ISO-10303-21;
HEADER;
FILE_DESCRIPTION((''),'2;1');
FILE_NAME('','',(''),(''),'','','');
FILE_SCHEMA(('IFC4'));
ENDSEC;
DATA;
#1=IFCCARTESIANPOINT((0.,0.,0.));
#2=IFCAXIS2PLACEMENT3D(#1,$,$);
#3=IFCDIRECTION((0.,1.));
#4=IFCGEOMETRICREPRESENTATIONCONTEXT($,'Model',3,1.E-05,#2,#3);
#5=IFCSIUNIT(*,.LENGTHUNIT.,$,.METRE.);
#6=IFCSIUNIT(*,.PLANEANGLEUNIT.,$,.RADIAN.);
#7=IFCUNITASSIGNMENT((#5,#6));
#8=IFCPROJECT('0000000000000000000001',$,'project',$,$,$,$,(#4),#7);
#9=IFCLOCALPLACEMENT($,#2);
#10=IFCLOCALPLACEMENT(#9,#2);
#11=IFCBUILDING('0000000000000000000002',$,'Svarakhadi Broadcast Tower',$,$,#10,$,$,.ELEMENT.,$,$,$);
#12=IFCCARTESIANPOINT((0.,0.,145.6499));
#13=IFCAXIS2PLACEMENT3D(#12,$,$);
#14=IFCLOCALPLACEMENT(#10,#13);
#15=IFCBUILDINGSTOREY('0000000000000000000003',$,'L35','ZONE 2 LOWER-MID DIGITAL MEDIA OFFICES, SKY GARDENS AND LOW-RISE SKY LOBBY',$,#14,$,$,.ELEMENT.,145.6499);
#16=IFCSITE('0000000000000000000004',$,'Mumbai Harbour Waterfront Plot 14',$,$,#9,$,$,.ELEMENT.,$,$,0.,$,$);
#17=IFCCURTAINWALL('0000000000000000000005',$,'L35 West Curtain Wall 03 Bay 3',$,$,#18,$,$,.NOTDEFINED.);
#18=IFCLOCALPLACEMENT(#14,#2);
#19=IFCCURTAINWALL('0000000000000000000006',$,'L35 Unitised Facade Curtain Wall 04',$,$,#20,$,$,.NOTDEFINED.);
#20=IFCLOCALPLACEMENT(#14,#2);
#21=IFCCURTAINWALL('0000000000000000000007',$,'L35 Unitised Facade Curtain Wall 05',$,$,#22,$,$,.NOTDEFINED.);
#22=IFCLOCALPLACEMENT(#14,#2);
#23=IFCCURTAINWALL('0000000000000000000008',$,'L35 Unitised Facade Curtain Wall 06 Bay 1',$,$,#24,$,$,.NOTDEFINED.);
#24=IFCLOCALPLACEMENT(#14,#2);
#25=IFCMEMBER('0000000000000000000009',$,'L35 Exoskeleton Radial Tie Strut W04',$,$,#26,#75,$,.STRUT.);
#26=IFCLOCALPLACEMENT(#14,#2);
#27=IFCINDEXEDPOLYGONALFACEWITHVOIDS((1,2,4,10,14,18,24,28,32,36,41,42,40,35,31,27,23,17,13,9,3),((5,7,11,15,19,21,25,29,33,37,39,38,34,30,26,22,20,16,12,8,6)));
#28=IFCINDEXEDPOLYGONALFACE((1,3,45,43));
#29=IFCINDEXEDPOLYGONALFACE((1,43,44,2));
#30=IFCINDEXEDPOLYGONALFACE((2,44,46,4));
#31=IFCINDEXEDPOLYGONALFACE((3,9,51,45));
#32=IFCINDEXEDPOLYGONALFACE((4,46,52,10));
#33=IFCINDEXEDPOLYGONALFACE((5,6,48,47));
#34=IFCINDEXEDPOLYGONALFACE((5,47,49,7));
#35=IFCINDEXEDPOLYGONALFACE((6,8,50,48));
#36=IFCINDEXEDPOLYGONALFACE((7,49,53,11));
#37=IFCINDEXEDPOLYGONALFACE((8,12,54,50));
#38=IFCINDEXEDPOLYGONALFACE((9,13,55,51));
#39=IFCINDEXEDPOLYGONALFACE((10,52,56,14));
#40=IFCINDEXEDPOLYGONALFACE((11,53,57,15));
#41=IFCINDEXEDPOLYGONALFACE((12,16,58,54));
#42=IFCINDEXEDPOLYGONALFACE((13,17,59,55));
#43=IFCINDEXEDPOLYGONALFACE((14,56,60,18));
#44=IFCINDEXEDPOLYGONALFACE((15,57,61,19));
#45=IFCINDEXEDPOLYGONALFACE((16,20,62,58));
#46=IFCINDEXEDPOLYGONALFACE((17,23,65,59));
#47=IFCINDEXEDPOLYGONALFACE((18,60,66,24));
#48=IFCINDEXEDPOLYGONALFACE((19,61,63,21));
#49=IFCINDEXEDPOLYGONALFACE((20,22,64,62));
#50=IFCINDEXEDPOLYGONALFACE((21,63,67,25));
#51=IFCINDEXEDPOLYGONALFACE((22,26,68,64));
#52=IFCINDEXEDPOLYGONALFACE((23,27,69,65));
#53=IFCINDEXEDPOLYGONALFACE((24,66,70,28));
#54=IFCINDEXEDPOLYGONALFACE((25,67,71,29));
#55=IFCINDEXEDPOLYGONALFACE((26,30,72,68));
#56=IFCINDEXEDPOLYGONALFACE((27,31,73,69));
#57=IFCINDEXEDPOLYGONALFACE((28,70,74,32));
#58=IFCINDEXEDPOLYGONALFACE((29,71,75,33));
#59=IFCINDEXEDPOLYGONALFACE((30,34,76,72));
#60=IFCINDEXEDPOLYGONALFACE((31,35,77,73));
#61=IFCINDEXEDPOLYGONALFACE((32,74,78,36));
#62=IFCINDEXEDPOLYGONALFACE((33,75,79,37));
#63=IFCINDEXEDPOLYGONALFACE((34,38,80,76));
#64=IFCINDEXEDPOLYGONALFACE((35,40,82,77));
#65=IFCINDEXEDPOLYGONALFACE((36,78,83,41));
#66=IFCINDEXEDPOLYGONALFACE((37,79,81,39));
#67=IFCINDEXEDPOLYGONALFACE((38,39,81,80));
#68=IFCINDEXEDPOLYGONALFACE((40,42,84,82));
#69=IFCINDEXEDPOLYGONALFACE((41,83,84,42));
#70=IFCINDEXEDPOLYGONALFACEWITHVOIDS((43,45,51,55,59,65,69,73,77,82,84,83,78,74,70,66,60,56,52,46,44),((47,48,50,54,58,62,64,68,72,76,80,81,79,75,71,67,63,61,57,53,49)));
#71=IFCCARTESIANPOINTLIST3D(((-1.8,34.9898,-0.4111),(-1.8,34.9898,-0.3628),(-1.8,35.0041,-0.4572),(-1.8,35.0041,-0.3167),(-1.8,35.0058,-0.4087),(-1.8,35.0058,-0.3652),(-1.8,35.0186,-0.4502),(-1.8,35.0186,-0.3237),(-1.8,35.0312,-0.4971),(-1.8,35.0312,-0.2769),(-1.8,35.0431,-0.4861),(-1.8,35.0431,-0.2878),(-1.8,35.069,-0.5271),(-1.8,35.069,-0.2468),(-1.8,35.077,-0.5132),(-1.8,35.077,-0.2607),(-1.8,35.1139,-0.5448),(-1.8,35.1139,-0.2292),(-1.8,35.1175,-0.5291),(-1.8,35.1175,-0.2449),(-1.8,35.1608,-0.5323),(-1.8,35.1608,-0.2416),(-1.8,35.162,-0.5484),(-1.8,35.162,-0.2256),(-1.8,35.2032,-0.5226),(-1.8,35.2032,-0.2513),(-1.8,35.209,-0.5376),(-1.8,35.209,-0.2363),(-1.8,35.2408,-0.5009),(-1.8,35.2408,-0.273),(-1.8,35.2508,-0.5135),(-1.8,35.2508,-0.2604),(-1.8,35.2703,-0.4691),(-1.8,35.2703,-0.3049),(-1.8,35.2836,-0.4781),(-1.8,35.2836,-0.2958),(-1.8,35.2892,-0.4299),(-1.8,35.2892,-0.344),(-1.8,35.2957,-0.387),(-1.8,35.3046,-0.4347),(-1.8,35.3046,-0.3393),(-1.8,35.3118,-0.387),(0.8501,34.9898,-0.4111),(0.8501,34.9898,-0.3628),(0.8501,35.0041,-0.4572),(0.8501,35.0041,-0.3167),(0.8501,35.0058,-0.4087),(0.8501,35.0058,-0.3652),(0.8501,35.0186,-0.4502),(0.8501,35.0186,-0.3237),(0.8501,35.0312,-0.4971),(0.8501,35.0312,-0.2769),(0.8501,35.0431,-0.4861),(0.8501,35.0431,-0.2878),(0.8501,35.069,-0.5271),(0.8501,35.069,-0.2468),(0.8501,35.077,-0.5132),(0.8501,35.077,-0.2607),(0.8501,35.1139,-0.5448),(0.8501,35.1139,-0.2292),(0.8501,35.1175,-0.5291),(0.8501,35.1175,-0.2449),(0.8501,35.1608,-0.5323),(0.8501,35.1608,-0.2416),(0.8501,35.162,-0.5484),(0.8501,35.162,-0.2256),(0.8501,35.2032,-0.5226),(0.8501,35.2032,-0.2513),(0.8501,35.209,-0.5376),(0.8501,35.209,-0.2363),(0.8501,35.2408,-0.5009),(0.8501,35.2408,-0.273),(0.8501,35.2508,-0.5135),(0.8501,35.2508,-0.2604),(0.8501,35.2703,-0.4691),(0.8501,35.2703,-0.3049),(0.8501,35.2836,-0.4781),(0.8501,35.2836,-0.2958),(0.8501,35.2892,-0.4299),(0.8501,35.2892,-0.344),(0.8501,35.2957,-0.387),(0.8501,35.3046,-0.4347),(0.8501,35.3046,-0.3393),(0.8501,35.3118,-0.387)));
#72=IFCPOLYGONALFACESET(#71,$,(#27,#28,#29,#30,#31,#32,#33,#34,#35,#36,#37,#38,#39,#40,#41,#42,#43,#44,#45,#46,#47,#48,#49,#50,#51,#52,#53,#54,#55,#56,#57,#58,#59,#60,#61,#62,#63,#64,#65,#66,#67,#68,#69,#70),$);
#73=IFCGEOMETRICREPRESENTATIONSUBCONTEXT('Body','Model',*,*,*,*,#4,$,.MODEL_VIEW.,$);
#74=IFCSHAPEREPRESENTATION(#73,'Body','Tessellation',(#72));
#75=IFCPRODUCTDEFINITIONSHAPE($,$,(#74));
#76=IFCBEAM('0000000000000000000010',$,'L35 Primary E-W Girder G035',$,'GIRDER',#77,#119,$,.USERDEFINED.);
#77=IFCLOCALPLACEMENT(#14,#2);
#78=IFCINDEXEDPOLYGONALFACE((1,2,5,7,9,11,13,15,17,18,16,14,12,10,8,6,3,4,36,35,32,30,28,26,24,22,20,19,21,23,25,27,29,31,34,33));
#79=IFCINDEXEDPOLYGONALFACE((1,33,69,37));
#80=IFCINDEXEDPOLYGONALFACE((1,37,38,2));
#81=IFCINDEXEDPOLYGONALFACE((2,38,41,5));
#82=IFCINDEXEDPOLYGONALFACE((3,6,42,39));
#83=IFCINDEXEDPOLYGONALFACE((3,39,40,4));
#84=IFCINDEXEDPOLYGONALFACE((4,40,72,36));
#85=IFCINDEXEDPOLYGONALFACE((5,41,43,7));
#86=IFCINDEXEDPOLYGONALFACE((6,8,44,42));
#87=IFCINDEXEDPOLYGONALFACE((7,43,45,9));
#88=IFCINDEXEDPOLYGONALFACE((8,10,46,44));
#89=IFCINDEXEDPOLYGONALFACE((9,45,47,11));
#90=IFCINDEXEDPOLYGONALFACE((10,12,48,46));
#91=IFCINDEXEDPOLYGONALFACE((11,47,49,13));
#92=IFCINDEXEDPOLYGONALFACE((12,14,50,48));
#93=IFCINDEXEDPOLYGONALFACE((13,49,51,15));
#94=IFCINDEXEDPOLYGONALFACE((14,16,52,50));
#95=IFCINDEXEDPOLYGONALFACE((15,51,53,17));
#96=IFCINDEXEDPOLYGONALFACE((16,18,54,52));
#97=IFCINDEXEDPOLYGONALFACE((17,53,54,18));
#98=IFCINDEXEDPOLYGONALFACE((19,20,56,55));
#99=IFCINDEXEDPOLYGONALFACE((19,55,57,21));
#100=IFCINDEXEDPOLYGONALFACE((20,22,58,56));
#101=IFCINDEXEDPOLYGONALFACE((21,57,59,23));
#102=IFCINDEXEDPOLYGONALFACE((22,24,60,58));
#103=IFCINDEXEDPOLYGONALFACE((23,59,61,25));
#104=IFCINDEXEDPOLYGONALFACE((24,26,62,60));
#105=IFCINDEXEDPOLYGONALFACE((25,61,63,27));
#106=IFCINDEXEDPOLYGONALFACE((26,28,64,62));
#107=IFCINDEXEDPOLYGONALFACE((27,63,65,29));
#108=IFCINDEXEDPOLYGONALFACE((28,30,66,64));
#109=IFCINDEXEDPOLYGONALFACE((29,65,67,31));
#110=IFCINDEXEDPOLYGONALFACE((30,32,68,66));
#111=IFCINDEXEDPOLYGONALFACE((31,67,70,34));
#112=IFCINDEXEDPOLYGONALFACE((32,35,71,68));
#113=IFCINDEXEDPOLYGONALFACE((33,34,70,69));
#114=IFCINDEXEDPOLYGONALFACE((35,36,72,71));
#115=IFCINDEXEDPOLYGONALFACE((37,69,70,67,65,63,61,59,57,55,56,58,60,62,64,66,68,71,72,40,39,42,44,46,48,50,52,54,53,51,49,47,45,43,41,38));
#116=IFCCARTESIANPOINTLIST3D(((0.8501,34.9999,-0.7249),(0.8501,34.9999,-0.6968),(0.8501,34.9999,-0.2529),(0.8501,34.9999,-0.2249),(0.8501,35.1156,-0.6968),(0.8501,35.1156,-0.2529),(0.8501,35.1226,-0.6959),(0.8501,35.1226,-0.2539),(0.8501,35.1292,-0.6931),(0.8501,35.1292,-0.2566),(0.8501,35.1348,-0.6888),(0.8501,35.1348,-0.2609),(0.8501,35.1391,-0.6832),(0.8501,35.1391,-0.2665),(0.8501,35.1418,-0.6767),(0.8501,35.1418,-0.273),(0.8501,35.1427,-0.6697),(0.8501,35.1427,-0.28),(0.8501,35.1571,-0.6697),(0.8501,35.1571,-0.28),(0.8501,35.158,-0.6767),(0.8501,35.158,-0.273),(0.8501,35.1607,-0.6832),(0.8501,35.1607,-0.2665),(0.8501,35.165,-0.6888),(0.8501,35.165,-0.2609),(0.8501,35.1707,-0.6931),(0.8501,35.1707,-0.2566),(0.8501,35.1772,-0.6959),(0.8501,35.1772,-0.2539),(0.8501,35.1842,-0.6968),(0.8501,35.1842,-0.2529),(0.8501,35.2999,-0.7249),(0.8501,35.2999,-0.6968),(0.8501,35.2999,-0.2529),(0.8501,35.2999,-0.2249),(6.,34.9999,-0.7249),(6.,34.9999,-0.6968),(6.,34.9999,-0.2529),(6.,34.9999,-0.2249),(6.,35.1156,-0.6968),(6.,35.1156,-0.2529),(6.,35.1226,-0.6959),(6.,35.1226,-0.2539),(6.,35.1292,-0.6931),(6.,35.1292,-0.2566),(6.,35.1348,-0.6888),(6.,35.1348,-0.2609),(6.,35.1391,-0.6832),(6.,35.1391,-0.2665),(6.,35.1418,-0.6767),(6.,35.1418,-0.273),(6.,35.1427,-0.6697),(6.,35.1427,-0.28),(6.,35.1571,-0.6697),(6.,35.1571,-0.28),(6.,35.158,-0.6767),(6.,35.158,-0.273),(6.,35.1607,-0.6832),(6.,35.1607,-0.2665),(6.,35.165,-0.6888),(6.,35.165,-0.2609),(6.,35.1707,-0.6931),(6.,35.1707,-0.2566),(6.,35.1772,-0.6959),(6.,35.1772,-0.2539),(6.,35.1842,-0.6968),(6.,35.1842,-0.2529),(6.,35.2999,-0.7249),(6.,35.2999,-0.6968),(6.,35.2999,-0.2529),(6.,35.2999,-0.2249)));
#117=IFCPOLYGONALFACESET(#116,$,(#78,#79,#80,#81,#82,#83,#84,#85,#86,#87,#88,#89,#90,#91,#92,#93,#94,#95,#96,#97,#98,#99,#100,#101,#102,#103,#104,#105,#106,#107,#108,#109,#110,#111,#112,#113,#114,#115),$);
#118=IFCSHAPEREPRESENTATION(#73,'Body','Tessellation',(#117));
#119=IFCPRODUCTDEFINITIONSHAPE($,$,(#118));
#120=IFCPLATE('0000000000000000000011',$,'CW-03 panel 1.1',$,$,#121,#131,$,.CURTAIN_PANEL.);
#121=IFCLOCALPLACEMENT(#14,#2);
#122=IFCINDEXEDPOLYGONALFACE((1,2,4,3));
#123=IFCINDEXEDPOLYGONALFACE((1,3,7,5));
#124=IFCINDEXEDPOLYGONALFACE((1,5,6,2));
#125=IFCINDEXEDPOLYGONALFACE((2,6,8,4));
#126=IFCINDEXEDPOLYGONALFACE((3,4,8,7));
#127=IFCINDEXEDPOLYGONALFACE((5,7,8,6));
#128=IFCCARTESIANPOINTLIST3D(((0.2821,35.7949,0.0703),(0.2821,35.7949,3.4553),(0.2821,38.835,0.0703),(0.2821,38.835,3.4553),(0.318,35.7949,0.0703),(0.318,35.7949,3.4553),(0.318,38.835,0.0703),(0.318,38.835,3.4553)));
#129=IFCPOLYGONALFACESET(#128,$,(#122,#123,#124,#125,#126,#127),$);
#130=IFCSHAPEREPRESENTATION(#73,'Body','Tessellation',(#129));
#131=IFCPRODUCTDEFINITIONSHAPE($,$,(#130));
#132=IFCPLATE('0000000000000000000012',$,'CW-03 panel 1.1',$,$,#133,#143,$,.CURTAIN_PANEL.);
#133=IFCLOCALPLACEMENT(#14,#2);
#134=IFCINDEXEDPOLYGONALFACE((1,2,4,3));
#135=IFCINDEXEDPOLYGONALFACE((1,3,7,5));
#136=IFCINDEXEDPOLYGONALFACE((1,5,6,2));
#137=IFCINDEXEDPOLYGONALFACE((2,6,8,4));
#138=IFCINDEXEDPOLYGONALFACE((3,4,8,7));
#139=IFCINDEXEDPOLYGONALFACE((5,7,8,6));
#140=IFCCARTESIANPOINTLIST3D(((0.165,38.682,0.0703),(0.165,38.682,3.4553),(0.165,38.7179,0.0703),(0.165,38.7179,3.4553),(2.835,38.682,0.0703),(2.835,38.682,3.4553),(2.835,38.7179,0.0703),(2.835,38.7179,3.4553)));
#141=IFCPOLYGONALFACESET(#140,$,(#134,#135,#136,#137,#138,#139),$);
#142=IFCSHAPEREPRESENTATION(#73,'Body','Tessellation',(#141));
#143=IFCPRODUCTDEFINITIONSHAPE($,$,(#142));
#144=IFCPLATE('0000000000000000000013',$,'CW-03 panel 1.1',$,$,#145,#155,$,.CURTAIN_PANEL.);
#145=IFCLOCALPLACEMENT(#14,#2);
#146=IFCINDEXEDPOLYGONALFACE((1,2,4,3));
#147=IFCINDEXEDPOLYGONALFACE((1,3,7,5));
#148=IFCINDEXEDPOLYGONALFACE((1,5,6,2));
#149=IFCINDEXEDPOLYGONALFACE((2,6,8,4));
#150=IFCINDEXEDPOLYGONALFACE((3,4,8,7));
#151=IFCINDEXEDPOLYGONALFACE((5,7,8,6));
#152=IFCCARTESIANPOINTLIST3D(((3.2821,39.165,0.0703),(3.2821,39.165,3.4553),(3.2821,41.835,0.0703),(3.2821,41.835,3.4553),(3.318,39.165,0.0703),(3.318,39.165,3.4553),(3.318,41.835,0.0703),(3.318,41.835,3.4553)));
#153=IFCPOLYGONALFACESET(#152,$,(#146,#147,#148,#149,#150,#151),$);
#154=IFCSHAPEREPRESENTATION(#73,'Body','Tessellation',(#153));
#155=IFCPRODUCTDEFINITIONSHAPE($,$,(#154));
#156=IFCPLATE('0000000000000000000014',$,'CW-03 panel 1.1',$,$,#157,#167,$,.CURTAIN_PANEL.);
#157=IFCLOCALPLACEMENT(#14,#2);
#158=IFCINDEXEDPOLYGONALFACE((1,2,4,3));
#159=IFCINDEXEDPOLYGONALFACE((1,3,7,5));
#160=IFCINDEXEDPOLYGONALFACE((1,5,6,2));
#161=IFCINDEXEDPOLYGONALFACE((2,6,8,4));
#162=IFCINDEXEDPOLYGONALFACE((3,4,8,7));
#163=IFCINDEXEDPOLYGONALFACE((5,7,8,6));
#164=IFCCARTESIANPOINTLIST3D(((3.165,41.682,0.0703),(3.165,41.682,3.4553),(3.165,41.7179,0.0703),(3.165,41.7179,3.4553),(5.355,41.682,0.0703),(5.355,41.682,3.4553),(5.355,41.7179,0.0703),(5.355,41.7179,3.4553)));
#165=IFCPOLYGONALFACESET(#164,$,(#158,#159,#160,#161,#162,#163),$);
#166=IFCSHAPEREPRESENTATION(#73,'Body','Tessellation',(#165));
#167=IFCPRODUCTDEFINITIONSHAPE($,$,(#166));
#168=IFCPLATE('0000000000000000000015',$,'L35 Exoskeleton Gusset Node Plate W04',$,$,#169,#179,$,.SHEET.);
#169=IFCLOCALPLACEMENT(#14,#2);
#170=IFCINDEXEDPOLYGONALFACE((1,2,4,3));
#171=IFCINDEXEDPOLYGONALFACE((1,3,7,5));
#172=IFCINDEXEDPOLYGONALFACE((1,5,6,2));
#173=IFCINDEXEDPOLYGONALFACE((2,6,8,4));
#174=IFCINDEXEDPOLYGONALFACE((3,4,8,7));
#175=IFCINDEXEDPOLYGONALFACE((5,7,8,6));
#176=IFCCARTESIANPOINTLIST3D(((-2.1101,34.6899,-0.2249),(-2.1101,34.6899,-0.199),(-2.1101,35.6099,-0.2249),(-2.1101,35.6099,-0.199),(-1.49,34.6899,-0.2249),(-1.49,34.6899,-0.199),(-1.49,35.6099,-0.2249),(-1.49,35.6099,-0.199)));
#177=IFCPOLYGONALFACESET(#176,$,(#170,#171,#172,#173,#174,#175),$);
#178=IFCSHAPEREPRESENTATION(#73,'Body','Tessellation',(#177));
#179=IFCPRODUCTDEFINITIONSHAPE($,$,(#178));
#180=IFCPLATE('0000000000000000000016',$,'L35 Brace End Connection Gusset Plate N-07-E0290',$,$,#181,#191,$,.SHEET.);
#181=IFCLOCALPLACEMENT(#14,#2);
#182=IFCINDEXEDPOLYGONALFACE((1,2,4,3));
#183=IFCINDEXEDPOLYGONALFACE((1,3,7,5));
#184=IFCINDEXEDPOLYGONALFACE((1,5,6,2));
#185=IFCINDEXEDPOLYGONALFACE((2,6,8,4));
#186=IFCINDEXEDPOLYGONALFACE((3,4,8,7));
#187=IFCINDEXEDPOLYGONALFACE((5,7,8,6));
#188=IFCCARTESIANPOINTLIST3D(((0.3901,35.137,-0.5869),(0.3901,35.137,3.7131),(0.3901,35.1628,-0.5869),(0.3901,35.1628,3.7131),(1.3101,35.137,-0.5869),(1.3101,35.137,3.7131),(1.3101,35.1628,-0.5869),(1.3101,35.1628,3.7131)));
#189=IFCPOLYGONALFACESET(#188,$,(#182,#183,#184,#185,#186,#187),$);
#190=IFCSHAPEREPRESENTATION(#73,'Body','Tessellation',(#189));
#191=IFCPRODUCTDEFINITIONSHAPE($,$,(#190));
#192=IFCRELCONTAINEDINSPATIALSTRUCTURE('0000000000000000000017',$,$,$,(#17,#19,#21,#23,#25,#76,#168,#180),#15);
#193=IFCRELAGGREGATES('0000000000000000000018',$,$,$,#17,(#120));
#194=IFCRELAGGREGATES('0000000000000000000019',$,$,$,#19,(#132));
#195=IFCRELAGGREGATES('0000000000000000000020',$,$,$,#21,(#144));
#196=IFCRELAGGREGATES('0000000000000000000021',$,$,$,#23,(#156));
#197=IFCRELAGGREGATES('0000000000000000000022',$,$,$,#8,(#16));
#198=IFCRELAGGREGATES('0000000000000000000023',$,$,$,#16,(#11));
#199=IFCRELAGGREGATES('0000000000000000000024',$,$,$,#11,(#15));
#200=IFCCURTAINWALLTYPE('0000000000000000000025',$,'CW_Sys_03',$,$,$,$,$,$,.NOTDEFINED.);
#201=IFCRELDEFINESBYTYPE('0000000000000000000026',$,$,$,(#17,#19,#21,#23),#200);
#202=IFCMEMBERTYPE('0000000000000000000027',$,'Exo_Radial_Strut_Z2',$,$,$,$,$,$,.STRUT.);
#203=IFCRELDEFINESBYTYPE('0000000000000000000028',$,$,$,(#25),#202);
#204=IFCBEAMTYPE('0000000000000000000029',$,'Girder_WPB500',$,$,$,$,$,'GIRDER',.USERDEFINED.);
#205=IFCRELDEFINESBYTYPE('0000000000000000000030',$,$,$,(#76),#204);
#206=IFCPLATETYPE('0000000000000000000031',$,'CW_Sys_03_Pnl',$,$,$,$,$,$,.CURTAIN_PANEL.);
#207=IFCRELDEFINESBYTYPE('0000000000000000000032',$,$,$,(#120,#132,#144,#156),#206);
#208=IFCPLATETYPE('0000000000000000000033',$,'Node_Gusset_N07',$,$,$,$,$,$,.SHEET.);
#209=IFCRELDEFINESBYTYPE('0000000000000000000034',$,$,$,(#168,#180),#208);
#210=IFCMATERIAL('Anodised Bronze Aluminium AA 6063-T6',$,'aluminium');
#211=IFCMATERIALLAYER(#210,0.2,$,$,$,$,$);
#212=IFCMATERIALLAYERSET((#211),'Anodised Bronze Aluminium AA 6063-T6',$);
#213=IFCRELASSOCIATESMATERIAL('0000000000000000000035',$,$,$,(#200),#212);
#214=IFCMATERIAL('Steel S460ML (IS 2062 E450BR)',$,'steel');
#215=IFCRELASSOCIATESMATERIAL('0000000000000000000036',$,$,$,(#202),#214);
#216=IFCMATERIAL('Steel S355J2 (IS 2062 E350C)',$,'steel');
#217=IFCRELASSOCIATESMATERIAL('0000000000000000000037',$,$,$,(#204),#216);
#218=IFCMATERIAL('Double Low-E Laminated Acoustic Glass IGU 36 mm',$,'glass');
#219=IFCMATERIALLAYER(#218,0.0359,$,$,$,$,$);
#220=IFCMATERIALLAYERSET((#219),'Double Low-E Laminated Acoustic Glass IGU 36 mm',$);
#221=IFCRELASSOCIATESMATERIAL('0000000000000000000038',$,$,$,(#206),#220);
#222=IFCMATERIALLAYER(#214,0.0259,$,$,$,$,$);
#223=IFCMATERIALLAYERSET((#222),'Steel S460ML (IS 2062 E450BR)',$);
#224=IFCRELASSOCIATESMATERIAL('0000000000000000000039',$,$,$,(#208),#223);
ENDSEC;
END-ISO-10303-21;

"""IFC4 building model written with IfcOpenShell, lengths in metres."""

from ifc_helpers import new_model, si_unit, direction, frame, origin, origin_2d, place, context, subcontext, project, spatial, rectangle, hollow_circle, i_section, extrude, material, layer, layer_set, material_profile, profile_set, type_object, element, aggregate, save


model = new_model("IFC4")

# Units and contexts
model_context = context("Model", 3, precision=1e-05, world=origin(), true_north=direction((0.0, 1.0)))
body_context = subcontext(model_context, "Body", "Model", "MODEL_VIEW")
ifc_project = project(units=[si_unit("LENGTHUNIT", "METRE"), si_unit("PLANEANGLEUNIT", "RADIAN")], contexts=[model_context])

# Site, building, storey
site_placement = place(None, origin())
site = spatial("IfcSite", under=ifc_project, at=site_placement, Name="Mumbai Harbour Waterfront Plot 14", CompositionType="ELEMENT", RefElevation=0.0)
building_placement = place(site_placement, origin())
building = spatial("IfcBuilding", under=site, at=building_placement, Name="Svarakhadi Broadcast Tower", CompositionType="ELEMENT")
storey_placement = place(building_placement, frame((0.0, 0.0, 145.6499)))
storey = spatial("IfcBuildingStorey", under=building, at=storey_placement, Name="L35", Description="ZONE 2 LOWER-MID DIGITAL MEDIA OFFICES, SKY GARDENS AND LOW-RISE SKY LOBBY", CompositionType="ELEMENT", Elevation=145.6499)

# Shared definitions
ifc_material_1 = material(Name="Anodised Bronze Aluminium AA 6063-T6", Category="aluminium")
ifc_layer_1 = layer(ifc_material_1, 0.2)
ifc_layer_set_1 = layer_set([ifc_layer_1], Name="Anodised Bronze Aluminium AA 6063-T6")
curtain_wall_type = type_object("IfcCurtainWallType", Name="CW_Sys_03", PredefinedType="NOTDEFINED", material=ifc_layer_set_1)

# Curtain walls
curtain_wall_1_placement = place(storey_placement, origin())
curtain_wall_1 = element("IfcCurtainWall", 1, at=curtain_wall_1_placement, inside=storey, type_object=curtain_wall_type, Name="L35 West Curtain Wall 03 Bay 3", PredefinedType="NOTDEFINED")
curtain_wall_2_placement = place(storey_placement, origin())
curtain_wall_2 = element("IfcCurtainWall", 2, at=curtain_wall_2_placement, inside=storey, type_object=curtain_wall_type, Name="L35 Unitised Facade Curtain Wall 04", PredefinedType="NOTDEFINED")
curtain_wall_3_placement = place(storey_placement, origin())
curtain_wall_3 = element("IfcCurtainWall", 3, at=curtain_wall_3_placement, inside=storey, type_object=curtain_wall_type, Name="L35 Unitised Facade Curtain Wall 05", PredefinedType="NOTDEFINED")

# Curtain wall
curtain_wall_4_placement = place(storey_placement, origin())
curtain_wall_4 = element("IfcCurtainWall", 4, at=curtain_wall_4_placement, inside=storey, type_object=curtain_wall_type, Name="L35 Unitised Facade Curtain Wall 06 Bay 1", PredefinedType="NOTDEFINED")

# Member
ifc_material_2 = material(Name="Steel S460ML (IS 2062 E450BR)", Category="steel")
ifc_material_profile_1 = material_profile(ifc_material_2, hollow_circle(Radius=0.1619, WallThickness=0.0161, at=origin_2d()), Name="CHS 323.9x16")
ifc_profile_set_1 = profile_set([ifc_material_profile_1], Name="Steel S460ML (IS 2062 E450BR)")
member_type_1 = type_object("IfcMemberType", Name="Exo_Radial_Strut_Z2", PredefinedType="STRUT", material=ifc_profile_set_1)
member_1_placement = place(storey_placement, frame((-1.8, 35.1499, -0.387), z_axis=(1.0, 0.0, 0.0), x_axis=(0.0, 1.0, 0.0)))
element("IfcMember", 5, at=member_1_placement, inside=storey, type_object=member_type_1, Name="L35 Exoskeleton Radial Tie Strut W04", PredefinedType="STRUT", context=body_context, shape_type="SweptSolid", body=[
    extrude(hollow_circle(Radius=0.1619, WallThickness=0.0161, at=origin_2d()), origin(), (0.0, 0.0, 1.0), 2.6501),
])

# Beam
ifc_material_3 = material(Name="Steel S355J2 (IS 2062 E350C)", Category="steel")
ifc_material_profile_2 = material_profile(ifc_material_3, i_section(OverallWidth=0.3, OverallDepth=0.5, WebThickness=0.0144, FlangeThickness=0.0281, FilletRadius=0.0271, at=origin_2d()), Name="WPB 500x300x187")
ifc_profile_set_2 = profile_set([ifc_material_profile_2], Name="Steel S355J2 (IS 2062 E350C)")
beam_type = type_object("IfcBeamType", Name="Girder_WPB500", ElementType="GIRDER", PredefinedType="USERDEFINED", material=ifc_profile_set_2)
beam_placement = place(storey_placement, frame((0.8501, 35.1499, -0.4749), z_axis=(1.0, 0.0, 0.0), x_axis=(0.0, 1.0, 0.0)))
element("IfcBeam", 6, at=beam_placement, inside=storey, type_object=beam_type, Name="L35 Primary E-W Girder G035", ObjectType="GIRDER", PredefinedType="USERDEFINED", context=body_context, shape_type="SweptSolid", body=[
    extrude(i_section(OverallWidth=0.3, OverallDepth=0.5, WebThickness=0.0144, FlangeThickness=0.0281, FilletRadius=0.0271, at=origin_2d()), origin(), (0.0, 0.0, 1.0), 5.1499),
])

# Plates
ifc_material_4 = material(Name="Double Low-E Laminated Acoustic Glass IGU 36 mm", Category="glass")
ifc_layer_2 = layer(ifc_material_4, 0.0359)
ifc_layer_set_2 = layer_set([ifc_layer_2], Name="Double Low-E Laminated Acoustic Glass IGU 36 mm")
plate_type_1 = type_object("IfcPlateType", Name="CW_Sys_03_Pnl", PredefinedType="CURTAIN_PANEL", material=ifc_layer_set_2)
plate_1_placement = place(storey_placement, frame((0.3, 37.3149, 0.0703), z_axis=(0.0, 0.0, 1.0), x_axis=(0.0, 1.0, 0.0)))
plate_1 = element("IfcPlate", 7, at=plate_1_placement, type_object=plate_type_1, Name="CW-03 panel 1.1", PredefinedType="CURTAIN_PANEL", context=body_context, shape_type="SweptSolid", body=[
    extrude(rectangle(XDim=3.04, YDim=0.0359, at=origin_2d()), origin(), (0.0, 0.0, 1.0), 3.385),
])
aggregate(curtain_wall_1, [plate_1])
plate_2_placement = place(storey_placement, frame((1.5, 38.7, 0.0703), z_axis=(0.0, 0.0, 1.0), x_axis=(1.0, 0.0, 0.0)))
plate_2 = element("IfcPlate", 8, at=plate_2_placement, type_object=plate_type_1, Name="CW-03 panel 1.1", PredefinedType="CURTAIN_PANEL", context=body_context, shape_type="SweptSolid", body=[
    extrude(rectangle(XDim=2.6699, YDim=0.0359, at=origin_2d()), origin(), (0.0, 0.0, 1.0), 3.385),
])
aggregate(curtain_wall_2, [plate_2])
plate_3_placement = place(storey_placement, frame((3.3, 40.5, 0.0703), z_axis=(0.0, 0.0, 1.0), x_axis=(0.0, 1.0, 0.0)))
plate_3 = element("IfcPlate", 9, at=plate_3_placement, type_object=plate_type_1, Name="CW-03 panel 1.1", PredefinedType="CURTAIN_PANEL", context=body_context, shape_type="SweptSolid", body=[
    extrude(rectangle(XDim=2.6699, YDim=0.0359, at=origin_2d()), origin(), (0.0, 0.0, 1.0), 3.385),
])
aggregate(curtain_wall_3, [plate_3])
plate_4_placement = place(storey_placement, frame((4.26, 41.7, 0.0703), z_axis=(0.0, 0.0, 1.0), x_axis=(1.0, 0.0, 0.0)))
plate_4 = element("IfcPlate", 10, at=plate_4_placement, type_object=plate_type_1, Name="CW-03 panel 1.1", PredefinedType="CURTAIN_PANEL", context=body_context, shape_type="SweptSolid", body=[
    extrude(rectangle(XDim=2.1899, YDim=0.0359, at=origin_2d()), origin(), (0.0, 0.0, 1.0), 3.385),
])
aggregate(curtain_wall_4, [plate_4])

# Plates
ifc_layer_3 = layer(ifc_material_2, 0.0259)
ifc_layer_set_3 = layer_set([ifc_layer_3], Name="Steel S460ML (IS 2062 E450BR)")
plate_type_2 = type_object("IfcPlateType", Name="Node_Gusset_N07", PredefinedType="SHEET", material=ifc_layer_set_3)
plate_5_placement = place(storey_placement, frame((-1.8, 35.1499, -0.2249), z_axis=(0.0, 0.0, 1.0), x_axis=(0.0, 1.0, 0.0)))
element("IfcPlate", 11, at=plate_5_placement, inside=storey, type_object=plate_type_2, Name="L35 Exoskeleton Gusset Node Plate W04", PredefinedType="SHEET", context=body_context, shape_type="SweptSolid", body=[
    extrude(rectangle(XDim=0.9199, YDim=0.6201, at=origin_2d()), origin(), (0.0, 0.0, 1.0), 0.0259),
])
plate_6_placement = place(storey_placement, frame((0.8501, 35.1499, -0.5869), z_axis=(0.0, 0.0, 1.0), x_axis=(1.0, 0.0, 0.0)))
element("IfcPlate", 12, at=plate_6_placement, inside=storey, type_object=plate_type_2, Name="L35 Brace End Connection Gusset Plate N-07-E0290", PredefinedType="SHEET", context=body_context, shape_type="SweptSolid", body=[
    extrude(rectangle(XDim=0.9199, YDim=0.0259, at=origin_2d()), origin(), (0.0, 0.0, 1.0), 4.3),
])

save(model, "model.ifc")
